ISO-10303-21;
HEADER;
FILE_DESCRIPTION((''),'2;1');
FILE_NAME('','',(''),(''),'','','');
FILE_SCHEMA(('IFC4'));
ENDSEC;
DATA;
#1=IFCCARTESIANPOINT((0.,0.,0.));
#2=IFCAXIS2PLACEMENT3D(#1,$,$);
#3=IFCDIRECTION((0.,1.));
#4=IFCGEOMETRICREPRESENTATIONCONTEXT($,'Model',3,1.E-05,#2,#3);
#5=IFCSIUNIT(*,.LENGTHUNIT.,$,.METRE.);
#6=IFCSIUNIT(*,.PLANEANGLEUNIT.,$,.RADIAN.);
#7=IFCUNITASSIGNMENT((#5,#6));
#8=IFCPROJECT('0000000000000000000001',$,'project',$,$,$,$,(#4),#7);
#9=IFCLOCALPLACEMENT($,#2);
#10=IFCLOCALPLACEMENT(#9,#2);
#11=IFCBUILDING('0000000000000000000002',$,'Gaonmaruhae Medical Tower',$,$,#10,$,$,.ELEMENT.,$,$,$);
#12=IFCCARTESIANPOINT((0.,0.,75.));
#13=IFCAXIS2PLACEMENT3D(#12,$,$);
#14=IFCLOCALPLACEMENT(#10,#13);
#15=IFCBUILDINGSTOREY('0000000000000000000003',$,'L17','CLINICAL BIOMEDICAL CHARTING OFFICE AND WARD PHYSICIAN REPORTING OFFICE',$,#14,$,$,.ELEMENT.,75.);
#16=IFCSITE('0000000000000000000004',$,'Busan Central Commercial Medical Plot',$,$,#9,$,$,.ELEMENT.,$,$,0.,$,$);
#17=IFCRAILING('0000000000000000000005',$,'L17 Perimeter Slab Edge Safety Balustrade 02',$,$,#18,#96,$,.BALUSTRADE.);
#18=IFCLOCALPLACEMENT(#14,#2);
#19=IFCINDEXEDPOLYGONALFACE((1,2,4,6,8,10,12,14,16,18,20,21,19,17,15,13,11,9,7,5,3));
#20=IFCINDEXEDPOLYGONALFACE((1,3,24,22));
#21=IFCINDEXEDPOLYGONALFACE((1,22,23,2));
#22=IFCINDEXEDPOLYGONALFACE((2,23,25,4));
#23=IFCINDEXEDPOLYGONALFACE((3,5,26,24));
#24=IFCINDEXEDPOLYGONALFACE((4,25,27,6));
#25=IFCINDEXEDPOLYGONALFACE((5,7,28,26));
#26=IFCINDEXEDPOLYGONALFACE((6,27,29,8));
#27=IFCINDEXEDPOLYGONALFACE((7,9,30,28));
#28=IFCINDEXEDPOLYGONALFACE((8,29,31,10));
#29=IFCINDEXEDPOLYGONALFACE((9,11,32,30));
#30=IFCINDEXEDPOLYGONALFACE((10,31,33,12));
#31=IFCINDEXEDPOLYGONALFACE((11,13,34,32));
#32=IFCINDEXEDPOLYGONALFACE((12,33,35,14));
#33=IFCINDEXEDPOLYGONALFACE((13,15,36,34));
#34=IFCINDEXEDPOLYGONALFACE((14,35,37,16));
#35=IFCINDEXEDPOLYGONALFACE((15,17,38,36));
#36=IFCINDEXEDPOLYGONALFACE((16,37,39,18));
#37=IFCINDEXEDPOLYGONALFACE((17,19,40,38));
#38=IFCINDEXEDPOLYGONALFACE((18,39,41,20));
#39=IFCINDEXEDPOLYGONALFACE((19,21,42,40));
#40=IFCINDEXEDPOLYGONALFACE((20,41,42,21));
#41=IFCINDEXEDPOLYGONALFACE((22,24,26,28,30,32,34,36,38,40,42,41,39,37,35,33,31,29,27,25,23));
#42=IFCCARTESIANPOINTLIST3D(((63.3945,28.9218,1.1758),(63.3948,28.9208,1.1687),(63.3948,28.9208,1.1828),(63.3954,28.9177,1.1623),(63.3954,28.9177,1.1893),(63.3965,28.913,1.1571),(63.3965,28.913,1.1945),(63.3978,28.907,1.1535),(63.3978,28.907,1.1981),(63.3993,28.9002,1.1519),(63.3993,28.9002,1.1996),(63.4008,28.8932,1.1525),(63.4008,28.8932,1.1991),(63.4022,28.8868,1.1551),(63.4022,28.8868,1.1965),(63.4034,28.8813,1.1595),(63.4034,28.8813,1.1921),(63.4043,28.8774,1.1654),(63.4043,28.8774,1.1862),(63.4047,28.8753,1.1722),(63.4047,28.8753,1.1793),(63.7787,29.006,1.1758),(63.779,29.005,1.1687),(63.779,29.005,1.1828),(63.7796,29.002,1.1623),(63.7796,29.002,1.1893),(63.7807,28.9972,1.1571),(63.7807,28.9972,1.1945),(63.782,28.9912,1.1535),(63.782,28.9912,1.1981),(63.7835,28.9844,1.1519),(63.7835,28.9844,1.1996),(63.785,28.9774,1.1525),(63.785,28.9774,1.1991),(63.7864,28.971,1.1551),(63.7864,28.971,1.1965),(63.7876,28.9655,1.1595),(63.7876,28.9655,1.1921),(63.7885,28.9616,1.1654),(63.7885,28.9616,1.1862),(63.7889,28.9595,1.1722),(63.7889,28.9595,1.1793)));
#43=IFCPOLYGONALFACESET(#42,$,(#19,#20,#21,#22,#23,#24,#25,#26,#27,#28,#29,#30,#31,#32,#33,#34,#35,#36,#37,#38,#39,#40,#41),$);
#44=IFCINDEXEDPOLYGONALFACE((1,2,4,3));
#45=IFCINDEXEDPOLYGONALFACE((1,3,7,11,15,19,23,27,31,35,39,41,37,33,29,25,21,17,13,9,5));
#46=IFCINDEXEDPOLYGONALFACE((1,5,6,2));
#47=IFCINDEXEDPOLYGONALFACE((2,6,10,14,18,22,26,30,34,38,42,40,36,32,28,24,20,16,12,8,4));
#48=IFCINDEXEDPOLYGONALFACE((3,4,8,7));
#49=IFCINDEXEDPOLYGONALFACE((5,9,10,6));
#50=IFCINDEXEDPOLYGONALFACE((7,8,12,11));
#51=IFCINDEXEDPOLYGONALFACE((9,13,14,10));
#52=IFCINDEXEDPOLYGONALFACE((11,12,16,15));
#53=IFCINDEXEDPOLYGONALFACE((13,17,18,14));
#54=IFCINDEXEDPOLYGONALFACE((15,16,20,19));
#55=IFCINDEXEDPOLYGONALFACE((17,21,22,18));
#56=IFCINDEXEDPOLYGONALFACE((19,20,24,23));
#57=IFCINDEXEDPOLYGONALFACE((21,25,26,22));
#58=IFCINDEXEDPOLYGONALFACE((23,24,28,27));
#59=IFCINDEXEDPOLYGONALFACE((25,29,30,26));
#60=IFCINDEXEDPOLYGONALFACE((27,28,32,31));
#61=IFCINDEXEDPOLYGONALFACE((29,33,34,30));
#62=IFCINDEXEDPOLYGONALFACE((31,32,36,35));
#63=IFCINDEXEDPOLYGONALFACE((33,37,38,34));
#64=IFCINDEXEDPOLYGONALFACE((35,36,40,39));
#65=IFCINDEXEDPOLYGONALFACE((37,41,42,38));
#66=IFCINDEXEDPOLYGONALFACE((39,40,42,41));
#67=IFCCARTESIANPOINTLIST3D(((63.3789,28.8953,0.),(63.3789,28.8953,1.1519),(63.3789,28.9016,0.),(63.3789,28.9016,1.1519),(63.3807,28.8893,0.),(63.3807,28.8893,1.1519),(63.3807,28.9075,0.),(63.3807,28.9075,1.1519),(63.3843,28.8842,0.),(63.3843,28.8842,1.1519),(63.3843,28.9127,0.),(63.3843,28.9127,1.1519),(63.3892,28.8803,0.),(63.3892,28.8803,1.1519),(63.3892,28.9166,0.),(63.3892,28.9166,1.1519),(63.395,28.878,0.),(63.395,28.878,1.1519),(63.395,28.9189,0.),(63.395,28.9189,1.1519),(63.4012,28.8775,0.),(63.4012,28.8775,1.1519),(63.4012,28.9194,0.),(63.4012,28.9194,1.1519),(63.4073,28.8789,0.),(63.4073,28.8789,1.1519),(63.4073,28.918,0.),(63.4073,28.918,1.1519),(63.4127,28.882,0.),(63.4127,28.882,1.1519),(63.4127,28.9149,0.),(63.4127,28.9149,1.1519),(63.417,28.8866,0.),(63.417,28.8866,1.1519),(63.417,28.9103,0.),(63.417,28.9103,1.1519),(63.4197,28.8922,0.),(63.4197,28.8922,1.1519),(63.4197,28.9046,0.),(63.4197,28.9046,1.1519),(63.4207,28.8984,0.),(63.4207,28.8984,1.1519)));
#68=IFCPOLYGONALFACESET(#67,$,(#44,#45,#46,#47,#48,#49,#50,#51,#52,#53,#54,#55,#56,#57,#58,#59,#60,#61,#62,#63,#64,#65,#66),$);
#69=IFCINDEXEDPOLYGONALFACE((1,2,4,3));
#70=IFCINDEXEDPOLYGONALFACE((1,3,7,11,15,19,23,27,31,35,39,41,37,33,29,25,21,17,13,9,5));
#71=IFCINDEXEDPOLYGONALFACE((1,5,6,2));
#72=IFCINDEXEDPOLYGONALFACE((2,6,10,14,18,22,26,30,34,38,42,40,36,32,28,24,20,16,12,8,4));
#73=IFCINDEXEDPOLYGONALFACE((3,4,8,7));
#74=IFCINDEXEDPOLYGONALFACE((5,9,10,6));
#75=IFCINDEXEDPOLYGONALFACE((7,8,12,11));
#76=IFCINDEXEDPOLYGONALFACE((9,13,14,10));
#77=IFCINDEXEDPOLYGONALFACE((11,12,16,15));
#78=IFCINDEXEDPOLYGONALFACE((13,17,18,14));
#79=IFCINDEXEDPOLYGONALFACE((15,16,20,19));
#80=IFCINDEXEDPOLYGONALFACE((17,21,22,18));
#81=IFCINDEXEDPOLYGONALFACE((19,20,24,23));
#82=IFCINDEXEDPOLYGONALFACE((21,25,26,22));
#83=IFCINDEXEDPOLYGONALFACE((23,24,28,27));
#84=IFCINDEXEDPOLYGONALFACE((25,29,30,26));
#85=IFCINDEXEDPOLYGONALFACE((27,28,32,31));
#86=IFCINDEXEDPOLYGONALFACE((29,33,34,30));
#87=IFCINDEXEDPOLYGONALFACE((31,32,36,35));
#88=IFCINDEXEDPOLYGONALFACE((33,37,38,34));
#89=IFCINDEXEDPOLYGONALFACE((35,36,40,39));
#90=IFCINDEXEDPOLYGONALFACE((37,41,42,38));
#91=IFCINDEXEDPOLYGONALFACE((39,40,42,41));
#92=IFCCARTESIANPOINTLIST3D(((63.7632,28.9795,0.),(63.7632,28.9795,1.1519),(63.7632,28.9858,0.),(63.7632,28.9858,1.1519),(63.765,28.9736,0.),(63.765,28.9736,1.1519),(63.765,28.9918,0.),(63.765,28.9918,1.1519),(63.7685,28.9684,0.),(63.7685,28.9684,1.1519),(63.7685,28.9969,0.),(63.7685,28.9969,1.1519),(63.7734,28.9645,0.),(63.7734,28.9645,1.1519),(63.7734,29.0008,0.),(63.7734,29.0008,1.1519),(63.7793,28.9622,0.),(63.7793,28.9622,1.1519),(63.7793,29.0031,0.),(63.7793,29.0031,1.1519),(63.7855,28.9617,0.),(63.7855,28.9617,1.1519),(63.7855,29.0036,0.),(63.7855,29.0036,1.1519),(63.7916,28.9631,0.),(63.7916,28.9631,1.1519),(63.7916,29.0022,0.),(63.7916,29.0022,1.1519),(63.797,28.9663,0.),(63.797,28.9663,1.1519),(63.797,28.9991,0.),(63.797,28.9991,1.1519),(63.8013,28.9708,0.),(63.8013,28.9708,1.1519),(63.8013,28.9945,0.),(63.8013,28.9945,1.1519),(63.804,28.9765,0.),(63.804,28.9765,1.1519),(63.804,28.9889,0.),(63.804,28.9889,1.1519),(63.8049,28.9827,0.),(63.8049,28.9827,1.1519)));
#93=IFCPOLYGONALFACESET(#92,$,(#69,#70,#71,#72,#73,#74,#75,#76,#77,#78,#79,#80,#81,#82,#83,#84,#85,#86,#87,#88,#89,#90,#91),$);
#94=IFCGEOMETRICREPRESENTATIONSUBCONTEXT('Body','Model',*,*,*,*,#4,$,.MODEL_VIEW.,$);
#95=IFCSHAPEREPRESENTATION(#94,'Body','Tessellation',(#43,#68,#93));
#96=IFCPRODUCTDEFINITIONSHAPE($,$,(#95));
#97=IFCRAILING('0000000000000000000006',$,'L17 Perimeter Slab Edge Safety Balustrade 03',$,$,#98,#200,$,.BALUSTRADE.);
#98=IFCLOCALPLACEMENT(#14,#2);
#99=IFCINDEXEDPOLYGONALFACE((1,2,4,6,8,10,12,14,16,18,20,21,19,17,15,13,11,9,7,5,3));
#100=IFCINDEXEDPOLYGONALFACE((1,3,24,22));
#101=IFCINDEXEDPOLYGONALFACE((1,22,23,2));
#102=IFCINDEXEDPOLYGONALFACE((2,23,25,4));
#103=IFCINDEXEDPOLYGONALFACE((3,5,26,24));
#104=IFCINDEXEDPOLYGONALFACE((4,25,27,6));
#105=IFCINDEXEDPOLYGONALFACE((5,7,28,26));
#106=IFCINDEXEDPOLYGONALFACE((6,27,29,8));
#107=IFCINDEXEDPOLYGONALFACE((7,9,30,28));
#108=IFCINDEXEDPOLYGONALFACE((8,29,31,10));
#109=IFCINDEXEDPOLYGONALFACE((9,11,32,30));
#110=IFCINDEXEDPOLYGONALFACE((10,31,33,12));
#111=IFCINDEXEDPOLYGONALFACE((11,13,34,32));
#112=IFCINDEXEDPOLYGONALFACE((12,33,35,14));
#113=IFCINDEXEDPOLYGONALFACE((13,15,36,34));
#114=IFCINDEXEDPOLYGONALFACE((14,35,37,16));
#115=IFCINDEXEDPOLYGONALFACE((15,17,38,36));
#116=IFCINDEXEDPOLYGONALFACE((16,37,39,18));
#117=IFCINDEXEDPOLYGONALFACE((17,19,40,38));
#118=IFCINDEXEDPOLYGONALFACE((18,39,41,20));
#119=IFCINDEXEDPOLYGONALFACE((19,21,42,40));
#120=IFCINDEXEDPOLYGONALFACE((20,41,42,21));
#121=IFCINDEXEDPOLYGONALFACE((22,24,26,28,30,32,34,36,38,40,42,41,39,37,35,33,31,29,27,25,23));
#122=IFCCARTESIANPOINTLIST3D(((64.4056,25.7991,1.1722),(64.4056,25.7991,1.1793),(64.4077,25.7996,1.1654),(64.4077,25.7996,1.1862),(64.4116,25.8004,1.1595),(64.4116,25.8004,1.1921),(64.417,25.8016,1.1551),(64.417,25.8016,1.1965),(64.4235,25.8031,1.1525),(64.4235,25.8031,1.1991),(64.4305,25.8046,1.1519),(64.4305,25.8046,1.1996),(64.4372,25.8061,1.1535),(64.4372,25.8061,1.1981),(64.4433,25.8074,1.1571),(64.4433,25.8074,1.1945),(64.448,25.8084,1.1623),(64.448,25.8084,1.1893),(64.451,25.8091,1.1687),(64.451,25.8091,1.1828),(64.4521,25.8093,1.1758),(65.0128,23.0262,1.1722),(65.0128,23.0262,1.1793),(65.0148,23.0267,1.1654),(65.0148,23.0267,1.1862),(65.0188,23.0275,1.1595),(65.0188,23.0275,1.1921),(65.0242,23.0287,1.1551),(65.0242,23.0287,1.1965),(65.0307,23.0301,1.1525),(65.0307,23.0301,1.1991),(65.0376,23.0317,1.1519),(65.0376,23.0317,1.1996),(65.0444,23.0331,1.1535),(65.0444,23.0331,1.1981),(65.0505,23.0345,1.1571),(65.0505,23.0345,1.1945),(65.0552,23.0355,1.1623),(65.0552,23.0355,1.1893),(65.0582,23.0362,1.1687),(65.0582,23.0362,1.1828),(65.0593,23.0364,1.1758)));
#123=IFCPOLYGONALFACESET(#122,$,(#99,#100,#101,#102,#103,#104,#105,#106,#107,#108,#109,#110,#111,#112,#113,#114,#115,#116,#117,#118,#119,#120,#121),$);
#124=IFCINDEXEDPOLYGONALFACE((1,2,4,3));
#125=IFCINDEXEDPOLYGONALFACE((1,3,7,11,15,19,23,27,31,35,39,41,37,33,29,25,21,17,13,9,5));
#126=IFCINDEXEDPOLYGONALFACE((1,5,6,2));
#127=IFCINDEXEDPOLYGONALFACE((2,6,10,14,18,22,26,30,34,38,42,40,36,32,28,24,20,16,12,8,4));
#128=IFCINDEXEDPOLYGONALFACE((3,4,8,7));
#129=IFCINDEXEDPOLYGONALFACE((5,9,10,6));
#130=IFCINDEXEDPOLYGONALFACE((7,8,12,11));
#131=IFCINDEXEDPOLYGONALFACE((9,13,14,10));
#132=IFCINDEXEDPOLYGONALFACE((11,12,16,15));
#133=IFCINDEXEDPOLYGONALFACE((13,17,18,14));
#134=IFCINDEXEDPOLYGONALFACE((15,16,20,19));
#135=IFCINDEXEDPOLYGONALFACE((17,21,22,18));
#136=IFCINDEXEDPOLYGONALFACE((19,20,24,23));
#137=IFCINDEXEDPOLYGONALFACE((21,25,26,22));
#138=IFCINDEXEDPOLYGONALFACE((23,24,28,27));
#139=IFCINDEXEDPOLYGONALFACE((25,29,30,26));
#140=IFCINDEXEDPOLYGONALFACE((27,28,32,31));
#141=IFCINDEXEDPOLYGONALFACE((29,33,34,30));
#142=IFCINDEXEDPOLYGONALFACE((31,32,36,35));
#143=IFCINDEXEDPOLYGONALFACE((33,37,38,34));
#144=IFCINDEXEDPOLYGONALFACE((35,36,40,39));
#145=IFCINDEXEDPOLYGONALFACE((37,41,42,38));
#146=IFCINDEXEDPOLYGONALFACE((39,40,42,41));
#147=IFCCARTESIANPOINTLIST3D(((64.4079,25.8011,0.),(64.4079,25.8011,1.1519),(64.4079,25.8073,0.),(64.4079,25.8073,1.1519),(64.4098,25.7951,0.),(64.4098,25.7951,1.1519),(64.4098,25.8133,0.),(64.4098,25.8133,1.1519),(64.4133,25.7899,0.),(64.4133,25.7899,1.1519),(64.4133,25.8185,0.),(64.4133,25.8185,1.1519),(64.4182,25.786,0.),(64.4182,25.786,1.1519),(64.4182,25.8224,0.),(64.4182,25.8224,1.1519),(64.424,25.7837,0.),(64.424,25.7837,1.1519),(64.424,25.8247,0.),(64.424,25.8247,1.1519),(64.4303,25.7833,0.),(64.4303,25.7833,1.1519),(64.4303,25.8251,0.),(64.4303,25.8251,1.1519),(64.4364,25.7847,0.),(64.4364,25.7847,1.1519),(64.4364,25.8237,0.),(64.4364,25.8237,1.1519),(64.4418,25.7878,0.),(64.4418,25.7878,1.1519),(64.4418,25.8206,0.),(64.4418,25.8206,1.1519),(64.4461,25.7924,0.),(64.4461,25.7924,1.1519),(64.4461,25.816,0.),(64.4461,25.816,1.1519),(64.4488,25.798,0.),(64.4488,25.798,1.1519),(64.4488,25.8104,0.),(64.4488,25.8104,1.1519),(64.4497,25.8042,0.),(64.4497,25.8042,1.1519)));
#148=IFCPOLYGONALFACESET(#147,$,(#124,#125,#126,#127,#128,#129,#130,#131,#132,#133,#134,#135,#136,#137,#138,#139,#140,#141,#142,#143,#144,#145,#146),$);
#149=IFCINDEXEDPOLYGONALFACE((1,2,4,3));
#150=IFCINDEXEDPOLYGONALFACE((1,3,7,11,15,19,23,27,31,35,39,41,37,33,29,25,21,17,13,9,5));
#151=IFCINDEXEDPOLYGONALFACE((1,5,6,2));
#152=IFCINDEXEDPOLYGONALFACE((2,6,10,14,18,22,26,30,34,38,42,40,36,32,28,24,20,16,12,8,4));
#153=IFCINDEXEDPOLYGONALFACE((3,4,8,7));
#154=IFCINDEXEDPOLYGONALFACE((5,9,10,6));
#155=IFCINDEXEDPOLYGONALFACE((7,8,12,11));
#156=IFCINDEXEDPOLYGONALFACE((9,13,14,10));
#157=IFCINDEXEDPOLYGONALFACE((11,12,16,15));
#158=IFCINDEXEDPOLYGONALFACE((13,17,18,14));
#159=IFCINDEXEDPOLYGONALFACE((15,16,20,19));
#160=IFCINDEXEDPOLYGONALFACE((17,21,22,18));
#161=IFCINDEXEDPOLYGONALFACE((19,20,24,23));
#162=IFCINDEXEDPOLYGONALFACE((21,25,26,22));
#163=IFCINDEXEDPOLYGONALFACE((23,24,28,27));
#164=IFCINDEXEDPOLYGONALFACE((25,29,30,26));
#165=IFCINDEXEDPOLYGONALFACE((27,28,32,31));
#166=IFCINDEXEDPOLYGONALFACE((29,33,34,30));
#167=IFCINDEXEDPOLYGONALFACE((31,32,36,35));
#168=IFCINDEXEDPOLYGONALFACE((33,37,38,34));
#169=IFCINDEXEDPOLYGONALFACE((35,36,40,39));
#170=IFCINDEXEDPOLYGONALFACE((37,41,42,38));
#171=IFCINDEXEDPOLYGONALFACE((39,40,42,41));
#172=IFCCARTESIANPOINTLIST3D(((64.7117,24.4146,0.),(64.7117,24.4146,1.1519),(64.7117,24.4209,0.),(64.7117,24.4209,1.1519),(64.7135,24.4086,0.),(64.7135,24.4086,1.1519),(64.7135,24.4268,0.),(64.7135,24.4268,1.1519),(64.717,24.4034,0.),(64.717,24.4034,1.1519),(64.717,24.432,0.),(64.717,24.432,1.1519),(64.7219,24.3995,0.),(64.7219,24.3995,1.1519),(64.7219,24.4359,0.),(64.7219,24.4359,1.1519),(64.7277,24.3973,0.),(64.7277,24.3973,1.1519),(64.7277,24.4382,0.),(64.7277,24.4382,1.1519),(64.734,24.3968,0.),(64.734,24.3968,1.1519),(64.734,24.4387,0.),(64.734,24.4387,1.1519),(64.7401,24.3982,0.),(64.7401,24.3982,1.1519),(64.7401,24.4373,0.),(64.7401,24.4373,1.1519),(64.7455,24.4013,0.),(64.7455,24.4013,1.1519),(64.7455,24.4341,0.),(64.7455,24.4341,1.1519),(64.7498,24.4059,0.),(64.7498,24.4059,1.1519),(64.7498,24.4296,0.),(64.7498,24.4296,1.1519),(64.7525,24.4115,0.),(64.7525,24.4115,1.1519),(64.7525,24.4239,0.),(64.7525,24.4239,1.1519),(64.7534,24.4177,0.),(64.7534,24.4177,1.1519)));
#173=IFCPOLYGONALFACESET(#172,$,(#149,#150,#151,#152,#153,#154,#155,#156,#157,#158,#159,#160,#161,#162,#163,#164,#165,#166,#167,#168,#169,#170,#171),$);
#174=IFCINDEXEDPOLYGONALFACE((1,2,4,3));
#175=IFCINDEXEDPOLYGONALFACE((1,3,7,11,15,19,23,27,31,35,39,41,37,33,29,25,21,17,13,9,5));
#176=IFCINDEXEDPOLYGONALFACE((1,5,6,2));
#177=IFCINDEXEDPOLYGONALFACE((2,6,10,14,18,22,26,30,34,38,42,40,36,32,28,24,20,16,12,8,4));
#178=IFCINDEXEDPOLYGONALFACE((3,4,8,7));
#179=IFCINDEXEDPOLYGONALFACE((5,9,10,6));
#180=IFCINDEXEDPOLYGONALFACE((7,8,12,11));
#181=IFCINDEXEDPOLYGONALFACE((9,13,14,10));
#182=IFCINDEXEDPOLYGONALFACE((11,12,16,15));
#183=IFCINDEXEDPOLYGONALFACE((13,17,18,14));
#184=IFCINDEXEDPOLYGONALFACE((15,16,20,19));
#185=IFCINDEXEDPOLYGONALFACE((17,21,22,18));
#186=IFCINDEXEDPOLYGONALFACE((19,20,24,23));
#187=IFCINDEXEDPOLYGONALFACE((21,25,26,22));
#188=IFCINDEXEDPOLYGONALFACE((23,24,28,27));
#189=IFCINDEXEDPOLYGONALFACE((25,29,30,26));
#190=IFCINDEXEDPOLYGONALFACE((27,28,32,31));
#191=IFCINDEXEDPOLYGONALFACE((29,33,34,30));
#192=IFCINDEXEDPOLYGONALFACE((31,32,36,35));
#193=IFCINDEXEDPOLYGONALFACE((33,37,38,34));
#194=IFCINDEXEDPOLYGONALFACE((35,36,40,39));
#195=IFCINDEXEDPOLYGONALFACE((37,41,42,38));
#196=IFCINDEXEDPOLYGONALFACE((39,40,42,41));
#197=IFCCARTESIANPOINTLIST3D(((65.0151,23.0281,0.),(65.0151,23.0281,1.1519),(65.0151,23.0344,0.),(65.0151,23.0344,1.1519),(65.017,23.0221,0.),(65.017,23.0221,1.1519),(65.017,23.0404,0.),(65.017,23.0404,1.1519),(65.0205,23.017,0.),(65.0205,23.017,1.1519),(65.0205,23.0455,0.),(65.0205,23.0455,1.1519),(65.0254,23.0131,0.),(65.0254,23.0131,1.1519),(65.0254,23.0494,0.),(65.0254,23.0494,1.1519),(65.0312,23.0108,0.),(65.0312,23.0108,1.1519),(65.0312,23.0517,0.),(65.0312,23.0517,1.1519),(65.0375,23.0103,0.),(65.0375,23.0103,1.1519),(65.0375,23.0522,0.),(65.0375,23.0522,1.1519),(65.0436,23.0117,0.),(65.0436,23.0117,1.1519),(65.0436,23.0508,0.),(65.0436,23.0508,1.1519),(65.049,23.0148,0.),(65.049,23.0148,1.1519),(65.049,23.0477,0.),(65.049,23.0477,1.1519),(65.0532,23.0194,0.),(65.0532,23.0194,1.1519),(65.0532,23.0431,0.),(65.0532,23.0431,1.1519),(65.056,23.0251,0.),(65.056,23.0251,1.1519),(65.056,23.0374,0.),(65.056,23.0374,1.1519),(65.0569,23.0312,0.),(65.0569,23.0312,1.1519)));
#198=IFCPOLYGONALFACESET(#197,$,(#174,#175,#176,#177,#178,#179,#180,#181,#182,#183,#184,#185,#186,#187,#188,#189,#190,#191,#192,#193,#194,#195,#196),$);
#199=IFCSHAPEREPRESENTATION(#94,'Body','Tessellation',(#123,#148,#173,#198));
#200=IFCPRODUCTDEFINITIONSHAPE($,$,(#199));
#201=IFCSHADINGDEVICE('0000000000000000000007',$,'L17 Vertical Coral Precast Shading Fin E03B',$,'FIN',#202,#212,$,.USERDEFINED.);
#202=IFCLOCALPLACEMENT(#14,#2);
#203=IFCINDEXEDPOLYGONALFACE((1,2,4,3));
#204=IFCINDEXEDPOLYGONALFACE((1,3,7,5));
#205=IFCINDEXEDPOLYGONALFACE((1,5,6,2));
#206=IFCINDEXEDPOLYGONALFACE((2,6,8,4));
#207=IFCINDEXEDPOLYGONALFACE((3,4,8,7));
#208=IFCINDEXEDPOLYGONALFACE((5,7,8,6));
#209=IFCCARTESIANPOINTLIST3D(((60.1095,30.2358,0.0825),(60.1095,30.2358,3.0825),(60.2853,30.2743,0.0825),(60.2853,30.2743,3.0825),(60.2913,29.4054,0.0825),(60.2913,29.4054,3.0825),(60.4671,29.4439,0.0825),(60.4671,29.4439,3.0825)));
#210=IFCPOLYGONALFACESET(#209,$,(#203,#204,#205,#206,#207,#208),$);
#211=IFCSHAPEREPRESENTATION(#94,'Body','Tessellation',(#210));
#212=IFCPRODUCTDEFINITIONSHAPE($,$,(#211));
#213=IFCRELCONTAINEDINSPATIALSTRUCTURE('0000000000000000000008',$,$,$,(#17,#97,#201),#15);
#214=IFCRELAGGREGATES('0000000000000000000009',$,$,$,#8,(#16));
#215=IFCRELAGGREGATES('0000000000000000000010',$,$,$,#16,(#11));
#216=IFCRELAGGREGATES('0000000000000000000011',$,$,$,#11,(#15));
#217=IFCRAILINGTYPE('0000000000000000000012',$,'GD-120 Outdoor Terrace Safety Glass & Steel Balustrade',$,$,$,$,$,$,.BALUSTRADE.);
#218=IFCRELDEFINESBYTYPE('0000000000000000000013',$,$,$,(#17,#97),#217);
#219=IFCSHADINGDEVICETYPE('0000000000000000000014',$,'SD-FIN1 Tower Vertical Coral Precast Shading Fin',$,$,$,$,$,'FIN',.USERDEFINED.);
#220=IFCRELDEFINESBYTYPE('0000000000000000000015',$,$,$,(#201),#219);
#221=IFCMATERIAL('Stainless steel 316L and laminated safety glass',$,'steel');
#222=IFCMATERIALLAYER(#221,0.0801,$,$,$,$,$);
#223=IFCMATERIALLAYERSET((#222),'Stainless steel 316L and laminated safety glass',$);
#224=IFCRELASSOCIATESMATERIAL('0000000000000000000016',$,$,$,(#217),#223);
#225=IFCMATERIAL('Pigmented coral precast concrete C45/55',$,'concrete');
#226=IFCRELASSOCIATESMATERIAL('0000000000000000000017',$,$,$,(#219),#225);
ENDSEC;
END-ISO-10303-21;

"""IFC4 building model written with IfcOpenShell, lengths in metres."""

from ifc_helpers import new_model, si_unit, direction, frame, origin, origin_2d, place, context, subcontext, project, spatial, rectangle, circle, extrude, material, layer, layer_set, type_object, element, save


model = new_model("IFC4")

# Units and contexts
model_context = context("Model", 3, precision=1e-05, world=origin(), true_north=direction((0.0, 1.0)))
body_context = subcontext(model_context, "Body", "Model", "MODEL_VIEW")
ifc_project = project(units=[si_unit("LENGTHUNIT", "METRE"), si_unit("PLANEANGLEUNIT", "RADIAN")], contexts=[model_context])

# Site, building, storey
site_placement = place(None, origin())
site = spatial("IfcSite", under=ifc_project, at=site_placement, Name="Busan Central Commercial Medical Plot", CompositionType="ELEMENT", RefElevation=0.0)
building_placement = place(site_placement, origin())
building = spatial("IfcBuilding", under=site, at=building_placement, Name="Gaonmaruhae Medical Tower", CompositionType="ELEMENT")
storey_placement = place(building_placement, frame((0.0, 0.0, 75.0)))
storey = spatial("IfcBuildingStorey", under=building, at=storey_placement, Name="L17", Description="CLINICAL BIOMEDICAL CHARTING OFFICE AND WARD PHYSICIAN REPORTING OFFICE", CompositionType="ELEMENT", Elevation=75.0)

# Railings
ifc_material_1 = material(Name="Stainless steel 316L and laminated safety glass", Category="steel")
ifc_layer_1 = layer(ifc_material_1, 0.0801)
ifc_layer_set_1 = layer_set([ifc_layer_1], Name="Stainless steel 316L and laminated safety glass")
railing_type = type_object("IfcRailingType", Name="GD-120 Outdoor Terrace Safety Glass & Steel Balustrade", PredefinedType="BALUSTRADE", material=ifc_layer_set_1)
railing_1_placement = place(storey_placement, frame((63.3997, 28.8984, 0.0)))
element("IfcRailing", 1, at=railing_1_placement, inside=storey, type_object=railing_type, Name="L17 Perimeter Slab Edge Safety Balustrade 02", PredefinedType="BALUSTRADE", context=body_context, shape_type="SweptSolid", body=[
    extrude(circle(Radius=0.0239, at=origin_2d()), frame((0.0, 0.0, 1.1758), z_axis=(0.976811, 0.214104, 0.0), x_axis=(-0.214104, 0.976811, 0.0)), (0.0, 0.0, 1.0), 0.3933),
    extrude(circle(Radius=0.021, at=origin_2d()), origin(), (0.0, 0.0, 1.0), 1.1519),
    extrude(circle(Radius=0.021, at=origin_2d()), frame((0.3843, 0.0842, 0.0)), (0.0, 0.0, 1.0), 1.1519),
])
railing_2_placement = place(storey_placement, frame((64.4287, 25.8042, 0.0)))
element("IfcRailing", 2, at=railing_2_placement, inside=storey, type_object=railing_type, Name="L17 Perimeter Slab Edge Safety Balustrade 03", PredefinedType="BALUSTRADE", context=body_context, shape_type="SweptSolid", body=[
    extrude(circle(Radius=0.0239, at=origin_2d()), frame((0.0, 0.0, 1.1758), z_axis=(0.213897, -0.976856, 0.0), x_axis=(0.976856, 0.213897, 0.0)), (0.0, 0.0, 1.0), 2.8386),
    extrude(circle(Radius=0.021, at=origin_2d()), origin(), (0.0, 0.0, 1.0), 1.1519),
    extrude(circle(Radius=0.021, at=origin_2d()), frame((0.3037, -1.3865, 0.0)), (0.0, 0.0, 1.0), 1.1519),
    extrude(circle(Radius=0.021, at=origin_2d()), frame((0.6072, -2.7729, 0.0)), (0.0, 0.0, 1.0), 1.1519),
])

# Shading device
ifc_material_2 = material(Name="Pigmented coral precast concrete C45/55", Category="concrete")
shading_device_type = type_object("IfcShadingDeviceType", Name="SD-FIN1 Tower Vertical Coral Precast Shading Fin", ElementType="FIN", PredefinedType="USERDEFINED", material=ifc_material_2)
shading_device_placement = place(storey_placement, frame((60.2883, 29.8398, 0.0825), z_axis=(0.0, 0.0, 1.0), x_axis=(0.976863, 0.213866, 0.0)))
element("IfcShadingDevice", 3, at=shading_device_placement, inside=storey, type_object=shading_device_type, Name="L17 Vertical Coral Precast Shading Fin E03B", ObjectType="FIN", PredefinedType="USERDEFINED", context=body_context, shape_type="SweptSolid", body=[
    extrude(rectangle(XDim=0.1799, YDim=0.8501, at=origin_2d()), origin(), (0.0, 0.0, 1.0), 3.0),
])

save(model, "model.ifc")
